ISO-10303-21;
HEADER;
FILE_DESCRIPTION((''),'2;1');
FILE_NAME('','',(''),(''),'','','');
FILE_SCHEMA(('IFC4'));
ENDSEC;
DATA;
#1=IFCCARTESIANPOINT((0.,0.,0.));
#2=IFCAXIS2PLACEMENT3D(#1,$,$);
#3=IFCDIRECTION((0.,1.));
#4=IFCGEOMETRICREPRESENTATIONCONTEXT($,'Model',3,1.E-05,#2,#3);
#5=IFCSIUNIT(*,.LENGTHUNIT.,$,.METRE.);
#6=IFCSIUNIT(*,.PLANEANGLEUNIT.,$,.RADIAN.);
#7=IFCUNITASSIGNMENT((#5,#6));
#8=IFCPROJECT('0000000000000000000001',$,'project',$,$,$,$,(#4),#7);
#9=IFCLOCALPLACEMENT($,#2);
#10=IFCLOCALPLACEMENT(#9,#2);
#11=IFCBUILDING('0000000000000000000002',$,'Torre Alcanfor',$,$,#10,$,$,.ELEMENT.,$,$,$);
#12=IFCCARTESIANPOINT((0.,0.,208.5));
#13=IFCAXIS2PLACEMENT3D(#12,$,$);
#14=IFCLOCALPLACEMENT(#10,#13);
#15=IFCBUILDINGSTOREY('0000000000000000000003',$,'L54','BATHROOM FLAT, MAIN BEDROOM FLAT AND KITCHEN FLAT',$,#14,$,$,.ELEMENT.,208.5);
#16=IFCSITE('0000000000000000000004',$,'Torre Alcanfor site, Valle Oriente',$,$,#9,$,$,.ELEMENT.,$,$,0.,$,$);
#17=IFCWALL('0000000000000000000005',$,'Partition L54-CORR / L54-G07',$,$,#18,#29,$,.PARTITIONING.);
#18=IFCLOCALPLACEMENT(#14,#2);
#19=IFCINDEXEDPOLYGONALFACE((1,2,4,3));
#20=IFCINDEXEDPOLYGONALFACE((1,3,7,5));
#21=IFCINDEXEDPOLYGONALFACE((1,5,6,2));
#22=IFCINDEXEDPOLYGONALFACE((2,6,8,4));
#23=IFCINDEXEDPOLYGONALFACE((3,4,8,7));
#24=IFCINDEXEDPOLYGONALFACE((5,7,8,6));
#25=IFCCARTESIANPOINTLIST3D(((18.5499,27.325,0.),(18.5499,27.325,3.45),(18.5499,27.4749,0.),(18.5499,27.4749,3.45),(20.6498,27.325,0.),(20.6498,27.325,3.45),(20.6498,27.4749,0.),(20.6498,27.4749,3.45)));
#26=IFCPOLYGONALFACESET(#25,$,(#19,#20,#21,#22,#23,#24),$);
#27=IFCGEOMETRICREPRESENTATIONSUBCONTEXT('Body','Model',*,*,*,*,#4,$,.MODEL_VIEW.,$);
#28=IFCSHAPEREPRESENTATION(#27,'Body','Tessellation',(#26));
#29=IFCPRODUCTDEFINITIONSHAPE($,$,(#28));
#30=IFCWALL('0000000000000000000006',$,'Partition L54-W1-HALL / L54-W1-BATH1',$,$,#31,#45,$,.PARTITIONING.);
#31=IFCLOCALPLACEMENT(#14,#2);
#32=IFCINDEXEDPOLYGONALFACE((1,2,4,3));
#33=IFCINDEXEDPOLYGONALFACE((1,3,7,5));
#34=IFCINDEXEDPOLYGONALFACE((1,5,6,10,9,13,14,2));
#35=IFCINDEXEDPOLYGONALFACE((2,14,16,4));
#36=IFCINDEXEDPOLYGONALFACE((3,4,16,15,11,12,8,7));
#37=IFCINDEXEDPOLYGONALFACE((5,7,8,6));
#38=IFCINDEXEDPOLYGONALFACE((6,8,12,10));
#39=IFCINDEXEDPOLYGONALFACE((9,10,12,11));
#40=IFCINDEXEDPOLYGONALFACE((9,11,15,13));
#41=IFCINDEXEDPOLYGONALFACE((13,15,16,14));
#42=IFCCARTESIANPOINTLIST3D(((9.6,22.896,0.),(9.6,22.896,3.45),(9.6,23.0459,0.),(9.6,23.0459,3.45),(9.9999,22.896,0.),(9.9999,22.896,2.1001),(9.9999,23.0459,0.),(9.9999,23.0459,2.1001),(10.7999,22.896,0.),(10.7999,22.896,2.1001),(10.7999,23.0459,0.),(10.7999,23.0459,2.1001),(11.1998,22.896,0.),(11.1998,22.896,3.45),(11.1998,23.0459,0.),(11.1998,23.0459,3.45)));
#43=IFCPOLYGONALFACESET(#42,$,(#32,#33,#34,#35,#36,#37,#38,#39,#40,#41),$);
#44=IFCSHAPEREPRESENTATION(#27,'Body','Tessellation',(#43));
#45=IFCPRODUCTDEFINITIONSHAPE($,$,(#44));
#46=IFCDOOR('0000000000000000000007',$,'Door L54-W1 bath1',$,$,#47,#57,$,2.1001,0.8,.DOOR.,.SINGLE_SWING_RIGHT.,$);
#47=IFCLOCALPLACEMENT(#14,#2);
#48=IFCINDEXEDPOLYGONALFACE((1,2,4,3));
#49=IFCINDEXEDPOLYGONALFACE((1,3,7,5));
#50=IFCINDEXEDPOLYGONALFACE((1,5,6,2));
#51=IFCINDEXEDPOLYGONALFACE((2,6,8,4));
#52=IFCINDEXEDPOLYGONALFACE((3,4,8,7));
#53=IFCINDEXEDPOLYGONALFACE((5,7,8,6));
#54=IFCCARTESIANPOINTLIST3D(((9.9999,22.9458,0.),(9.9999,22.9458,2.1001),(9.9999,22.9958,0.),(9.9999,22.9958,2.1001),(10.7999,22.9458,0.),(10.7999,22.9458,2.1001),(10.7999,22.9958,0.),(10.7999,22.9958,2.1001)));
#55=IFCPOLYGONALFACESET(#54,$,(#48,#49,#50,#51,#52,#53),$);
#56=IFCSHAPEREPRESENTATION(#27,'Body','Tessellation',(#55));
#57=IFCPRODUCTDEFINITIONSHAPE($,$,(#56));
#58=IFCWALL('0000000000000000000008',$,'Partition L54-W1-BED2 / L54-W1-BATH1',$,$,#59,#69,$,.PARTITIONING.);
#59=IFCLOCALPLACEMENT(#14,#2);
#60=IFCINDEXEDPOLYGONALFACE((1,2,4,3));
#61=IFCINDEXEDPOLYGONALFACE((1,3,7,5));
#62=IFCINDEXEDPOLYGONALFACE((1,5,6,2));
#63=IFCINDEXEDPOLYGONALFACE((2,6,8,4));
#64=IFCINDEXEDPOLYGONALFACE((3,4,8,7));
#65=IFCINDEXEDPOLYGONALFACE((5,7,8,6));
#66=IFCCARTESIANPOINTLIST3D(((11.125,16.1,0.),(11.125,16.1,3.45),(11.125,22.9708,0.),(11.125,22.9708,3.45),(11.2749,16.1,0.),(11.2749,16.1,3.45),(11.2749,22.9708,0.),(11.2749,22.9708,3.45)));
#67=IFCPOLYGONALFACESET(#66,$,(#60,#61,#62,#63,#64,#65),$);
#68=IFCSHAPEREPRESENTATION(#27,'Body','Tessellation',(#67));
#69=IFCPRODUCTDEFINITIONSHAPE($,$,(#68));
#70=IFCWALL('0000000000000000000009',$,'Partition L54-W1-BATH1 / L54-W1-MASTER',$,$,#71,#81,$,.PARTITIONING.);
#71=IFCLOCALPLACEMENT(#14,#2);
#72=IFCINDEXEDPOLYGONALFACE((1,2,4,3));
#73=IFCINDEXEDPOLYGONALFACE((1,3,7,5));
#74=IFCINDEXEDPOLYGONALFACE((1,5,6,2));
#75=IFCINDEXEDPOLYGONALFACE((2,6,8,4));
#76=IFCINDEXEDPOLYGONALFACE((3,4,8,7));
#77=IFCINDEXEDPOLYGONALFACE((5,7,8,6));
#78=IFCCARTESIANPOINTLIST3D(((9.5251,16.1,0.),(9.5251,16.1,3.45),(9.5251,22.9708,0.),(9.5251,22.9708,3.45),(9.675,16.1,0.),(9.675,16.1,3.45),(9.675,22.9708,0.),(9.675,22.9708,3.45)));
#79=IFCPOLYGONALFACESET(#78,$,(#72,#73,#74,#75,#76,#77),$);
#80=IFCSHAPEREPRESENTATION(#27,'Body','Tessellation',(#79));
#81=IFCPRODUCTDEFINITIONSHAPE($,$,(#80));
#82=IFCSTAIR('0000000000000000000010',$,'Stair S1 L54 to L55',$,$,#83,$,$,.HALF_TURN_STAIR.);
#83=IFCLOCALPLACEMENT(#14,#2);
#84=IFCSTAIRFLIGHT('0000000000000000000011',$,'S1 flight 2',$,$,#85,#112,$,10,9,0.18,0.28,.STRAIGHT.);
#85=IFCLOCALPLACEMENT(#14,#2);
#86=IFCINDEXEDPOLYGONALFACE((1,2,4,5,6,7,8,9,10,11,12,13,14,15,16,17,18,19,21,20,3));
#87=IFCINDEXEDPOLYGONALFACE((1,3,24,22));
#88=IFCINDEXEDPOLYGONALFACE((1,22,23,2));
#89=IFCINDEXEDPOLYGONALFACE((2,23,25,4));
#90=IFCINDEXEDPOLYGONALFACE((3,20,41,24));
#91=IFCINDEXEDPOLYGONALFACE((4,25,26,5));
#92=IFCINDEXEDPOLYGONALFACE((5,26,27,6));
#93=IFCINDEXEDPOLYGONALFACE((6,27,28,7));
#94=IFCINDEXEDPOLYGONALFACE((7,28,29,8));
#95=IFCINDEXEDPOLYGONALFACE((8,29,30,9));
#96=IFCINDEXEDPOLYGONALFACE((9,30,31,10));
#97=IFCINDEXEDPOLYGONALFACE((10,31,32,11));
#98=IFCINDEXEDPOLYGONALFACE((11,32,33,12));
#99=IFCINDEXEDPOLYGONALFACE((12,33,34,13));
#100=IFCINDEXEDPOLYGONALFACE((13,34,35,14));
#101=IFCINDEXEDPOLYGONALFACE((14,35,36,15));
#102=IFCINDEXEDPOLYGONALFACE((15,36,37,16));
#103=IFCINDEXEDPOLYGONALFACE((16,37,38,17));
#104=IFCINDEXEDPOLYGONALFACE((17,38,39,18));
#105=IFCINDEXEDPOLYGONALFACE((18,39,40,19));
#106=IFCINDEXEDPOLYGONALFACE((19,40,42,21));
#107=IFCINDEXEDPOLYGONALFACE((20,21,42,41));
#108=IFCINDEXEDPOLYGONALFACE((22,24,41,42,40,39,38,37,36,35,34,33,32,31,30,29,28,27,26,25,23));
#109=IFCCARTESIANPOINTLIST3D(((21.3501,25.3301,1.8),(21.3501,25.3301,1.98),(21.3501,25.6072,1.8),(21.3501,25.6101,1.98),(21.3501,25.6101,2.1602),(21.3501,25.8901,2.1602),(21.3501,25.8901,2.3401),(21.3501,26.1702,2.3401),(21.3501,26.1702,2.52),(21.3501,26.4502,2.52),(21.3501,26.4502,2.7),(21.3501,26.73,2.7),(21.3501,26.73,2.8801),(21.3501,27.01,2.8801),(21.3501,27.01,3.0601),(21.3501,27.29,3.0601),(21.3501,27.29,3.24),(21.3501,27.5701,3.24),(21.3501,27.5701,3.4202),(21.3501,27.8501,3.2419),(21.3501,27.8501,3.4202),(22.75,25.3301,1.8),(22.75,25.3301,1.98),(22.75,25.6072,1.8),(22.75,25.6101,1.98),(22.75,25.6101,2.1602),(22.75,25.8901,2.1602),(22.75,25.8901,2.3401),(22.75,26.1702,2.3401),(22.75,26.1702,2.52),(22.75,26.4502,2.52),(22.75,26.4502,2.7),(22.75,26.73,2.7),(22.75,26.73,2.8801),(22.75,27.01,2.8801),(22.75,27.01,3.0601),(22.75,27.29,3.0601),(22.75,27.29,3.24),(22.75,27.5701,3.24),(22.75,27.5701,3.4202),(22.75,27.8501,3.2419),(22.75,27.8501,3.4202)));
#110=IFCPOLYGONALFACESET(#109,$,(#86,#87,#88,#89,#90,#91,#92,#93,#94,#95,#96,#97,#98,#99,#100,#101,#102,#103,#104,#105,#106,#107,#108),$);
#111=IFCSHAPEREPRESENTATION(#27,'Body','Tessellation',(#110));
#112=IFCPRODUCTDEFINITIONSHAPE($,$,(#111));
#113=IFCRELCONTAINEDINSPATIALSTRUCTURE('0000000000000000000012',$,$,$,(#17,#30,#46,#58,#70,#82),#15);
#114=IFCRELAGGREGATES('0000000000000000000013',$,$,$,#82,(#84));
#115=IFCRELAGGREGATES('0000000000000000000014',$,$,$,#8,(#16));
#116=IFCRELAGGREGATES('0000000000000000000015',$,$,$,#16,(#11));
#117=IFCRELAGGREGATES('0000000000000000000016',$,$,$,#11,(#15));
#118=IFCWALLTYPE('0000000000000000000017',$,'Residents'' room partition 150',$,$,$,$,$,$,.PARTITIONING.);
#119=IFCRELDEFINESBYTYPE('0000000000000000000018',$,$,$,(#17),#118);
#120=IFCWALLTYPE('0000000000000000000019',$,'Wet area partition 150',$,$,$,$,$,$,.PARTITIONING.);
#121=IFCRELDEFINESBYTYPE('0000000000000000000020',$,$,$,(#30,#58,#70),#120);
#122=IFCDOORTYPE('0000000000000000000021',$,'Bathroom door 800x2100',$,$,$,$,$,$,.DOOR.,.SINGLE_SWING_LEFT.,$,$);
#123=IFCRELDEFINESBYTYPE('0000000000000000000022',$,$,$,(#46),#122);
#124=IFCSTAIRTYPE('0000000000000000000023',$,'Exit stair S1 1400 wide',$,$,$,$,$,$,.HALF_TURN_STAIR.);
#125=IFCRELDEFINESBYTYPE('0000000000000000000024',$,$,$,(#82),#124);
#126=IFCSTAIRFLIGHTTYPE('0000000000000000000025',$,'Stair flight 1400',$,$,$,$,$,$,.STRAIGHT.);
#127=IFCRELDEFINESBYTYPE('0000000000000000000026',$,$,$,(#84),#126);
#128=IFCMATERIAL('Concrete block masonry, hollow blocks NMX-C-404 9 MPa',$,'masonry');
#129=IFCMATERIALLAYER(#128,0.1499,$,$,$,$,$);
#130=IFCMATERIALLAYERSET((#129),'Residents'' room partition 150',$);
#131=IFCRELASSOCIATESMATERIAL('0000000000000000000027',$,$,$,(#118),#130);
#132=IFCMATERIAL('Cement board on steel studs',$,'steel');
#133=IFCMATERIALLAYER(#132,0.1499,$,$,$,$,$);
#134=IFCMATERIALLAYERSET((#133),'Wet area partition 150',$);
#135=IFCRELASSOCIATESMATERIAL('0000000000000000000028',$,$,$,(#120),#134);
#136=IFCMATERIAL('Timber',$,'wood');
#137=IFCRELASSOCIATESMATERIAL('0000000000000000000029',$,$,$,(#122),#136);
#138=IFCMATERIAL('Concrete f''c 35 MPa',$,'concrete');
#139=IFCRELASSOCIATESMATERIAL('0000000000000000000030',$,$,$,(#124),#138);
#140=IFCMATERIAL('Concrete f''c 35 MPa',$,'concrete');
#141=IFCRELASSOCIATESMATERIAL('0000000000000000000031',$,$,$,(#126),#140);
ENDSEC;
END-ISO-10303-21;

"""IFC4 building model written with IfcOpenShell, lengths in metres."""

from ifc_helpers import new_model, si_unit, direction, frame, frame_2d, origin, place, context, subcontext, project, spatial, polyline, rectangle, outline, extrude, material, layer, layer_set, type_object, element, fill, aggregate, save


model = new_model("IFC4")

# Units and contexts
model_context = context("Model", 3, precision=1e-05, world=origin(), true_north=direction((0.0, 1.0)))
body_context = subcontext(model_context, "Body", "Model", "MODEL_VIEW")
ifc_project = project(units=[si_unit("LENGTHUNIT", "METRE"), si_unit("PLANEANGLEUNIT", "RADIAN")], contexts=[model_context])

# Site, building, storey
site_placement = place(None, origin())
site = spatial("IfcSite", under=ifc_project, at=site_placement, Name="Torre Alcanfor site, Valle Oriente", CompositionType="ELEMENT", RefElevation=0.0)
building_placement = place(site_placement, origin())
building = spatial("IfcBuilding", under=site, at=building_placement, Name="Torre Alcanfor", CompositionType="ELEMENT")
storey_placement = place(building_placement, frame((0.0, 0.0, 208.5)))
storey = spatial("IfcBuildingStorey", under=building, at=storey_placement, Name="L54", Description="BATHROOM FLAT, MAIN BEDROOM FLAT AND KITCHEN FLAT", CompositionType="ELEMENT", Elevation=208.5)

# Shared definitions
ifc_material_1 = material(Name="Concrete block masonry, hollow blocks NMX-C-404 9 MPa", Category="masonry")
ifc_layer_1 = layer(ifc_material_1, 0.1499)
ifc_layer_set_1 = layer_set([ifc_layer_1], Name="Residents' room partition 150")
wall_type_1 = type_object("IfcWallType", Name="Residents' room partition 150", PredefinedType="PARTITIONING", material=ifc_layer_set_1)

# Wall
wall_1_placement = place(storey_placement, frame((18.55, 27.3999, 0.0), z_axis=(0.0, 0.0, 1.0), x_axis=(1.0, 0.0, 0.0)))
element("IfcWall", 1, at=wall_1_placement, inside=storey, type_object=wall_type_1, Name="Partition L54-CORR / L54-G07", PredefinedType="PARTITIONING", context=body_context, shape_type="SweptSolid", body=[
    extrude(rectangle(XDim=2.0999, YDim=0.1499, at=frame_2d((1.0498, 0.0))), origin(), (0.0, 0.0, 1.0), 3.45),
])

# Wall, opening, door
ifc_material_2 = material(Name="Cement board on steel studs", Category="steel")
ifc_layer_2 = layer(ifc_material_2, 0.1499)
ifc_layer_set_2 = layer_set([ifc_layer_2], Name="Wet area partition 150")
wall_type_2 = type_object("IfcWallType", Name="Wet area partition 150", PredefinedType="PARTITIONING", material=ifc_layer_set_2)
wall_2_placement = place(storey_placement, frame((9.6001, 22.9709, 0.0), z_axis=(0.0, 0.0, 1.0), x_axis=(1.0, 0.0, 0.0)))
wall_2 = element("IfcWall", 2, at=wall_2_placement, inside=storey, type_object=wall_type_2, Name="Partition L54-W1-HALL / L54-W1-BATH1", PredefinedType="PARTITIONING", context=body_context, shape_type="SweptSolid", body=[
    extrude(rectangle(XDim=1.5999, YDim=0.1499, at=frame_2d((0.7998, 0.0))), origin(), (0.0, 0.0, 1.0), 3.45),
])
opening_1_placement = place(wall_2_placement, frame((0.3999, 0.0, 0.0)))
opening_1 = element("IfcOpeningElement", 3, at=opening_1_placement, cuts=wall_2, PredefinedType="OPENING", context=body_context, shape_type="SweptSolid", body=[
    extrude(rectangle(XDim=0.8, YDim=2.1001, at=frame_2d((0.3999, 1.05))), frame((0.0, 0.085, 0.0), z_axis=(0.0, -1.0, 0.0), x_axis=(1.0, 0.0, 0.0)), (0.0, 0.0, 1.0), 0.1699),
])
ifc_material_3 = material(Name="Timber", Category="wood")
door_type_1 = type_object("IfcDoorType", Name="Bathroom door 800x2100", OperationType="SINGLE_SWING_LEFT", PredefinedType="DOOR", material=ifc_material_3)
door_1_placement = place(opening_1_placement, frame((0.8, 0.0, 0.0), z_axis=(0.0, 0.0, 1.0), x_axis=(-1.0, 0.0, 0.0)))
door_1 = element("IfcDoor", 4, at=door_1_placement, inside=storey, type_object=door_type_1, Name="Door L54-W1 bath1", OperationType="SINGLE_SWING_RIGHT", OverallHeight=2.1001, OverallWidth=0.8, PredefinedType="DOOR", context=body_context, shape_type="SweptSolid", body=[
    extrude(rectangle(XDim=0.8, YDim=2.1001, at=frame_2d((0.4001, 1.05))), frame((0.0, 0.0251, 0.0), z_axis=(0.0, -1.0, 0.0), x_axis=(1.0, 0.0, 0.0)), (0.0, 0.0, 1.0), 0.05),
])
fill(opening_1, door_1)

# Walls
for number, where, z_axis, x_axis, name in (
    (5, (11.2, 22.9709, 0.0), (0.0, 0.0, 1.0), (0.0, -1.0, 0.0), "Partition L54-W1-BED2 / L54-W1-BATH1"),
    (6, (9.6001, 22.9709, 0.0), (0.0, 0.0, 1.0), (0.0, -1.0, 0.0), "Partition L54-W1-BATH1 / L54-W1-MASTER"),
):
    element("IfcWall", number, at=place(storey_placement, frame(where, z_axis=z_axis, x_axis=x_axis)), inside=storey, type_object=wall_type_2, Name=name, PredefinedType="PARTITIONING", context=body_context, shape_type="SweptSolid", body=[
        extrude(rectangle(XDim=6.8708, YDim=0.1499, at=frame_2d((3.4355, 0.0))), origin(), (0.0, 0.0, 1.0), 3.45),
    ])

# Stair, stair flight
ifc_material_4 = material(Name="Concrete f'c 35 MPa", Category="concrete")
stair_type = type_object("IfcStairType", Name="Exit stair S1 1400 wide", PredefinedType="HALF_TURN_STAIR", material=ifc_material_4)
stair_placement = place(storey_placement, origin())
stair = element("IfcStair", 7, at=stair_placement, inside=storey, type_object=stair_type, Name="Stair S1 L54 to L55", PredefinedType="HALF_TURN_STAIR")
ifc_material_5 = material(Name="Concrete f'c 35 MPa", Category="concrete")
stair_flight_type = type_object("IfcStairFlightType", Name="Stair flight 1400", PredefinedType="STRAIGHT", material=ifc_material_5)
stair_flight_placement = place(storey_placement, frame((22.05, 25.3301, 1.8), z_axis=(0.0, 0.0, 1.0), x_axis=(0.0, 1.0, 0.0)))
stair_flight = element("IfcStairFlight", 8, at=stair_flight_placement, type_object=stair_flight_type, Name="S1 flight 2", NumberOfRisers=10, NumberOfTreads=9, PredefinedType="STRAIGHT", RiserHeight=0.18, TreadLength=0.28, context=body_context, shape_type="SweptSolid", body=[
    extrude(outline(polyline([(0.0, 0.0), (0.0, 0.1799), (0.28, 0.1799), (0.28, 0.3601), (0.5601, 0.3601), (0.5601, 0.54), (0.8401, 0.54), (0.8401, 0.72), (1.1201, 0.72), (1.1201, 0.8999), (1.3999, 0.8999), (1.3999, 1.0801), (1.6799, 1.0801), (1.6799, 1.26), (1.96, 1.26), (1.96, 1.4399), (2.24, 1.4399), (2.24, 1.6201), (2.52, 1.6201), (2.52, 1.8), (2.52, 1.4419), (0.2771, 0.0), (0.0, 0.0)])), frame((0.0, 0.7, 0.0), z_axis=(0.0, -1.0, 0.0), x_axis=(1.0, 0.0, 0.0)), (0.0, 0.0, 1.0), 1.3999),
])
aggregate(stair, [stair_flight])

save(model, "model.ifc")
